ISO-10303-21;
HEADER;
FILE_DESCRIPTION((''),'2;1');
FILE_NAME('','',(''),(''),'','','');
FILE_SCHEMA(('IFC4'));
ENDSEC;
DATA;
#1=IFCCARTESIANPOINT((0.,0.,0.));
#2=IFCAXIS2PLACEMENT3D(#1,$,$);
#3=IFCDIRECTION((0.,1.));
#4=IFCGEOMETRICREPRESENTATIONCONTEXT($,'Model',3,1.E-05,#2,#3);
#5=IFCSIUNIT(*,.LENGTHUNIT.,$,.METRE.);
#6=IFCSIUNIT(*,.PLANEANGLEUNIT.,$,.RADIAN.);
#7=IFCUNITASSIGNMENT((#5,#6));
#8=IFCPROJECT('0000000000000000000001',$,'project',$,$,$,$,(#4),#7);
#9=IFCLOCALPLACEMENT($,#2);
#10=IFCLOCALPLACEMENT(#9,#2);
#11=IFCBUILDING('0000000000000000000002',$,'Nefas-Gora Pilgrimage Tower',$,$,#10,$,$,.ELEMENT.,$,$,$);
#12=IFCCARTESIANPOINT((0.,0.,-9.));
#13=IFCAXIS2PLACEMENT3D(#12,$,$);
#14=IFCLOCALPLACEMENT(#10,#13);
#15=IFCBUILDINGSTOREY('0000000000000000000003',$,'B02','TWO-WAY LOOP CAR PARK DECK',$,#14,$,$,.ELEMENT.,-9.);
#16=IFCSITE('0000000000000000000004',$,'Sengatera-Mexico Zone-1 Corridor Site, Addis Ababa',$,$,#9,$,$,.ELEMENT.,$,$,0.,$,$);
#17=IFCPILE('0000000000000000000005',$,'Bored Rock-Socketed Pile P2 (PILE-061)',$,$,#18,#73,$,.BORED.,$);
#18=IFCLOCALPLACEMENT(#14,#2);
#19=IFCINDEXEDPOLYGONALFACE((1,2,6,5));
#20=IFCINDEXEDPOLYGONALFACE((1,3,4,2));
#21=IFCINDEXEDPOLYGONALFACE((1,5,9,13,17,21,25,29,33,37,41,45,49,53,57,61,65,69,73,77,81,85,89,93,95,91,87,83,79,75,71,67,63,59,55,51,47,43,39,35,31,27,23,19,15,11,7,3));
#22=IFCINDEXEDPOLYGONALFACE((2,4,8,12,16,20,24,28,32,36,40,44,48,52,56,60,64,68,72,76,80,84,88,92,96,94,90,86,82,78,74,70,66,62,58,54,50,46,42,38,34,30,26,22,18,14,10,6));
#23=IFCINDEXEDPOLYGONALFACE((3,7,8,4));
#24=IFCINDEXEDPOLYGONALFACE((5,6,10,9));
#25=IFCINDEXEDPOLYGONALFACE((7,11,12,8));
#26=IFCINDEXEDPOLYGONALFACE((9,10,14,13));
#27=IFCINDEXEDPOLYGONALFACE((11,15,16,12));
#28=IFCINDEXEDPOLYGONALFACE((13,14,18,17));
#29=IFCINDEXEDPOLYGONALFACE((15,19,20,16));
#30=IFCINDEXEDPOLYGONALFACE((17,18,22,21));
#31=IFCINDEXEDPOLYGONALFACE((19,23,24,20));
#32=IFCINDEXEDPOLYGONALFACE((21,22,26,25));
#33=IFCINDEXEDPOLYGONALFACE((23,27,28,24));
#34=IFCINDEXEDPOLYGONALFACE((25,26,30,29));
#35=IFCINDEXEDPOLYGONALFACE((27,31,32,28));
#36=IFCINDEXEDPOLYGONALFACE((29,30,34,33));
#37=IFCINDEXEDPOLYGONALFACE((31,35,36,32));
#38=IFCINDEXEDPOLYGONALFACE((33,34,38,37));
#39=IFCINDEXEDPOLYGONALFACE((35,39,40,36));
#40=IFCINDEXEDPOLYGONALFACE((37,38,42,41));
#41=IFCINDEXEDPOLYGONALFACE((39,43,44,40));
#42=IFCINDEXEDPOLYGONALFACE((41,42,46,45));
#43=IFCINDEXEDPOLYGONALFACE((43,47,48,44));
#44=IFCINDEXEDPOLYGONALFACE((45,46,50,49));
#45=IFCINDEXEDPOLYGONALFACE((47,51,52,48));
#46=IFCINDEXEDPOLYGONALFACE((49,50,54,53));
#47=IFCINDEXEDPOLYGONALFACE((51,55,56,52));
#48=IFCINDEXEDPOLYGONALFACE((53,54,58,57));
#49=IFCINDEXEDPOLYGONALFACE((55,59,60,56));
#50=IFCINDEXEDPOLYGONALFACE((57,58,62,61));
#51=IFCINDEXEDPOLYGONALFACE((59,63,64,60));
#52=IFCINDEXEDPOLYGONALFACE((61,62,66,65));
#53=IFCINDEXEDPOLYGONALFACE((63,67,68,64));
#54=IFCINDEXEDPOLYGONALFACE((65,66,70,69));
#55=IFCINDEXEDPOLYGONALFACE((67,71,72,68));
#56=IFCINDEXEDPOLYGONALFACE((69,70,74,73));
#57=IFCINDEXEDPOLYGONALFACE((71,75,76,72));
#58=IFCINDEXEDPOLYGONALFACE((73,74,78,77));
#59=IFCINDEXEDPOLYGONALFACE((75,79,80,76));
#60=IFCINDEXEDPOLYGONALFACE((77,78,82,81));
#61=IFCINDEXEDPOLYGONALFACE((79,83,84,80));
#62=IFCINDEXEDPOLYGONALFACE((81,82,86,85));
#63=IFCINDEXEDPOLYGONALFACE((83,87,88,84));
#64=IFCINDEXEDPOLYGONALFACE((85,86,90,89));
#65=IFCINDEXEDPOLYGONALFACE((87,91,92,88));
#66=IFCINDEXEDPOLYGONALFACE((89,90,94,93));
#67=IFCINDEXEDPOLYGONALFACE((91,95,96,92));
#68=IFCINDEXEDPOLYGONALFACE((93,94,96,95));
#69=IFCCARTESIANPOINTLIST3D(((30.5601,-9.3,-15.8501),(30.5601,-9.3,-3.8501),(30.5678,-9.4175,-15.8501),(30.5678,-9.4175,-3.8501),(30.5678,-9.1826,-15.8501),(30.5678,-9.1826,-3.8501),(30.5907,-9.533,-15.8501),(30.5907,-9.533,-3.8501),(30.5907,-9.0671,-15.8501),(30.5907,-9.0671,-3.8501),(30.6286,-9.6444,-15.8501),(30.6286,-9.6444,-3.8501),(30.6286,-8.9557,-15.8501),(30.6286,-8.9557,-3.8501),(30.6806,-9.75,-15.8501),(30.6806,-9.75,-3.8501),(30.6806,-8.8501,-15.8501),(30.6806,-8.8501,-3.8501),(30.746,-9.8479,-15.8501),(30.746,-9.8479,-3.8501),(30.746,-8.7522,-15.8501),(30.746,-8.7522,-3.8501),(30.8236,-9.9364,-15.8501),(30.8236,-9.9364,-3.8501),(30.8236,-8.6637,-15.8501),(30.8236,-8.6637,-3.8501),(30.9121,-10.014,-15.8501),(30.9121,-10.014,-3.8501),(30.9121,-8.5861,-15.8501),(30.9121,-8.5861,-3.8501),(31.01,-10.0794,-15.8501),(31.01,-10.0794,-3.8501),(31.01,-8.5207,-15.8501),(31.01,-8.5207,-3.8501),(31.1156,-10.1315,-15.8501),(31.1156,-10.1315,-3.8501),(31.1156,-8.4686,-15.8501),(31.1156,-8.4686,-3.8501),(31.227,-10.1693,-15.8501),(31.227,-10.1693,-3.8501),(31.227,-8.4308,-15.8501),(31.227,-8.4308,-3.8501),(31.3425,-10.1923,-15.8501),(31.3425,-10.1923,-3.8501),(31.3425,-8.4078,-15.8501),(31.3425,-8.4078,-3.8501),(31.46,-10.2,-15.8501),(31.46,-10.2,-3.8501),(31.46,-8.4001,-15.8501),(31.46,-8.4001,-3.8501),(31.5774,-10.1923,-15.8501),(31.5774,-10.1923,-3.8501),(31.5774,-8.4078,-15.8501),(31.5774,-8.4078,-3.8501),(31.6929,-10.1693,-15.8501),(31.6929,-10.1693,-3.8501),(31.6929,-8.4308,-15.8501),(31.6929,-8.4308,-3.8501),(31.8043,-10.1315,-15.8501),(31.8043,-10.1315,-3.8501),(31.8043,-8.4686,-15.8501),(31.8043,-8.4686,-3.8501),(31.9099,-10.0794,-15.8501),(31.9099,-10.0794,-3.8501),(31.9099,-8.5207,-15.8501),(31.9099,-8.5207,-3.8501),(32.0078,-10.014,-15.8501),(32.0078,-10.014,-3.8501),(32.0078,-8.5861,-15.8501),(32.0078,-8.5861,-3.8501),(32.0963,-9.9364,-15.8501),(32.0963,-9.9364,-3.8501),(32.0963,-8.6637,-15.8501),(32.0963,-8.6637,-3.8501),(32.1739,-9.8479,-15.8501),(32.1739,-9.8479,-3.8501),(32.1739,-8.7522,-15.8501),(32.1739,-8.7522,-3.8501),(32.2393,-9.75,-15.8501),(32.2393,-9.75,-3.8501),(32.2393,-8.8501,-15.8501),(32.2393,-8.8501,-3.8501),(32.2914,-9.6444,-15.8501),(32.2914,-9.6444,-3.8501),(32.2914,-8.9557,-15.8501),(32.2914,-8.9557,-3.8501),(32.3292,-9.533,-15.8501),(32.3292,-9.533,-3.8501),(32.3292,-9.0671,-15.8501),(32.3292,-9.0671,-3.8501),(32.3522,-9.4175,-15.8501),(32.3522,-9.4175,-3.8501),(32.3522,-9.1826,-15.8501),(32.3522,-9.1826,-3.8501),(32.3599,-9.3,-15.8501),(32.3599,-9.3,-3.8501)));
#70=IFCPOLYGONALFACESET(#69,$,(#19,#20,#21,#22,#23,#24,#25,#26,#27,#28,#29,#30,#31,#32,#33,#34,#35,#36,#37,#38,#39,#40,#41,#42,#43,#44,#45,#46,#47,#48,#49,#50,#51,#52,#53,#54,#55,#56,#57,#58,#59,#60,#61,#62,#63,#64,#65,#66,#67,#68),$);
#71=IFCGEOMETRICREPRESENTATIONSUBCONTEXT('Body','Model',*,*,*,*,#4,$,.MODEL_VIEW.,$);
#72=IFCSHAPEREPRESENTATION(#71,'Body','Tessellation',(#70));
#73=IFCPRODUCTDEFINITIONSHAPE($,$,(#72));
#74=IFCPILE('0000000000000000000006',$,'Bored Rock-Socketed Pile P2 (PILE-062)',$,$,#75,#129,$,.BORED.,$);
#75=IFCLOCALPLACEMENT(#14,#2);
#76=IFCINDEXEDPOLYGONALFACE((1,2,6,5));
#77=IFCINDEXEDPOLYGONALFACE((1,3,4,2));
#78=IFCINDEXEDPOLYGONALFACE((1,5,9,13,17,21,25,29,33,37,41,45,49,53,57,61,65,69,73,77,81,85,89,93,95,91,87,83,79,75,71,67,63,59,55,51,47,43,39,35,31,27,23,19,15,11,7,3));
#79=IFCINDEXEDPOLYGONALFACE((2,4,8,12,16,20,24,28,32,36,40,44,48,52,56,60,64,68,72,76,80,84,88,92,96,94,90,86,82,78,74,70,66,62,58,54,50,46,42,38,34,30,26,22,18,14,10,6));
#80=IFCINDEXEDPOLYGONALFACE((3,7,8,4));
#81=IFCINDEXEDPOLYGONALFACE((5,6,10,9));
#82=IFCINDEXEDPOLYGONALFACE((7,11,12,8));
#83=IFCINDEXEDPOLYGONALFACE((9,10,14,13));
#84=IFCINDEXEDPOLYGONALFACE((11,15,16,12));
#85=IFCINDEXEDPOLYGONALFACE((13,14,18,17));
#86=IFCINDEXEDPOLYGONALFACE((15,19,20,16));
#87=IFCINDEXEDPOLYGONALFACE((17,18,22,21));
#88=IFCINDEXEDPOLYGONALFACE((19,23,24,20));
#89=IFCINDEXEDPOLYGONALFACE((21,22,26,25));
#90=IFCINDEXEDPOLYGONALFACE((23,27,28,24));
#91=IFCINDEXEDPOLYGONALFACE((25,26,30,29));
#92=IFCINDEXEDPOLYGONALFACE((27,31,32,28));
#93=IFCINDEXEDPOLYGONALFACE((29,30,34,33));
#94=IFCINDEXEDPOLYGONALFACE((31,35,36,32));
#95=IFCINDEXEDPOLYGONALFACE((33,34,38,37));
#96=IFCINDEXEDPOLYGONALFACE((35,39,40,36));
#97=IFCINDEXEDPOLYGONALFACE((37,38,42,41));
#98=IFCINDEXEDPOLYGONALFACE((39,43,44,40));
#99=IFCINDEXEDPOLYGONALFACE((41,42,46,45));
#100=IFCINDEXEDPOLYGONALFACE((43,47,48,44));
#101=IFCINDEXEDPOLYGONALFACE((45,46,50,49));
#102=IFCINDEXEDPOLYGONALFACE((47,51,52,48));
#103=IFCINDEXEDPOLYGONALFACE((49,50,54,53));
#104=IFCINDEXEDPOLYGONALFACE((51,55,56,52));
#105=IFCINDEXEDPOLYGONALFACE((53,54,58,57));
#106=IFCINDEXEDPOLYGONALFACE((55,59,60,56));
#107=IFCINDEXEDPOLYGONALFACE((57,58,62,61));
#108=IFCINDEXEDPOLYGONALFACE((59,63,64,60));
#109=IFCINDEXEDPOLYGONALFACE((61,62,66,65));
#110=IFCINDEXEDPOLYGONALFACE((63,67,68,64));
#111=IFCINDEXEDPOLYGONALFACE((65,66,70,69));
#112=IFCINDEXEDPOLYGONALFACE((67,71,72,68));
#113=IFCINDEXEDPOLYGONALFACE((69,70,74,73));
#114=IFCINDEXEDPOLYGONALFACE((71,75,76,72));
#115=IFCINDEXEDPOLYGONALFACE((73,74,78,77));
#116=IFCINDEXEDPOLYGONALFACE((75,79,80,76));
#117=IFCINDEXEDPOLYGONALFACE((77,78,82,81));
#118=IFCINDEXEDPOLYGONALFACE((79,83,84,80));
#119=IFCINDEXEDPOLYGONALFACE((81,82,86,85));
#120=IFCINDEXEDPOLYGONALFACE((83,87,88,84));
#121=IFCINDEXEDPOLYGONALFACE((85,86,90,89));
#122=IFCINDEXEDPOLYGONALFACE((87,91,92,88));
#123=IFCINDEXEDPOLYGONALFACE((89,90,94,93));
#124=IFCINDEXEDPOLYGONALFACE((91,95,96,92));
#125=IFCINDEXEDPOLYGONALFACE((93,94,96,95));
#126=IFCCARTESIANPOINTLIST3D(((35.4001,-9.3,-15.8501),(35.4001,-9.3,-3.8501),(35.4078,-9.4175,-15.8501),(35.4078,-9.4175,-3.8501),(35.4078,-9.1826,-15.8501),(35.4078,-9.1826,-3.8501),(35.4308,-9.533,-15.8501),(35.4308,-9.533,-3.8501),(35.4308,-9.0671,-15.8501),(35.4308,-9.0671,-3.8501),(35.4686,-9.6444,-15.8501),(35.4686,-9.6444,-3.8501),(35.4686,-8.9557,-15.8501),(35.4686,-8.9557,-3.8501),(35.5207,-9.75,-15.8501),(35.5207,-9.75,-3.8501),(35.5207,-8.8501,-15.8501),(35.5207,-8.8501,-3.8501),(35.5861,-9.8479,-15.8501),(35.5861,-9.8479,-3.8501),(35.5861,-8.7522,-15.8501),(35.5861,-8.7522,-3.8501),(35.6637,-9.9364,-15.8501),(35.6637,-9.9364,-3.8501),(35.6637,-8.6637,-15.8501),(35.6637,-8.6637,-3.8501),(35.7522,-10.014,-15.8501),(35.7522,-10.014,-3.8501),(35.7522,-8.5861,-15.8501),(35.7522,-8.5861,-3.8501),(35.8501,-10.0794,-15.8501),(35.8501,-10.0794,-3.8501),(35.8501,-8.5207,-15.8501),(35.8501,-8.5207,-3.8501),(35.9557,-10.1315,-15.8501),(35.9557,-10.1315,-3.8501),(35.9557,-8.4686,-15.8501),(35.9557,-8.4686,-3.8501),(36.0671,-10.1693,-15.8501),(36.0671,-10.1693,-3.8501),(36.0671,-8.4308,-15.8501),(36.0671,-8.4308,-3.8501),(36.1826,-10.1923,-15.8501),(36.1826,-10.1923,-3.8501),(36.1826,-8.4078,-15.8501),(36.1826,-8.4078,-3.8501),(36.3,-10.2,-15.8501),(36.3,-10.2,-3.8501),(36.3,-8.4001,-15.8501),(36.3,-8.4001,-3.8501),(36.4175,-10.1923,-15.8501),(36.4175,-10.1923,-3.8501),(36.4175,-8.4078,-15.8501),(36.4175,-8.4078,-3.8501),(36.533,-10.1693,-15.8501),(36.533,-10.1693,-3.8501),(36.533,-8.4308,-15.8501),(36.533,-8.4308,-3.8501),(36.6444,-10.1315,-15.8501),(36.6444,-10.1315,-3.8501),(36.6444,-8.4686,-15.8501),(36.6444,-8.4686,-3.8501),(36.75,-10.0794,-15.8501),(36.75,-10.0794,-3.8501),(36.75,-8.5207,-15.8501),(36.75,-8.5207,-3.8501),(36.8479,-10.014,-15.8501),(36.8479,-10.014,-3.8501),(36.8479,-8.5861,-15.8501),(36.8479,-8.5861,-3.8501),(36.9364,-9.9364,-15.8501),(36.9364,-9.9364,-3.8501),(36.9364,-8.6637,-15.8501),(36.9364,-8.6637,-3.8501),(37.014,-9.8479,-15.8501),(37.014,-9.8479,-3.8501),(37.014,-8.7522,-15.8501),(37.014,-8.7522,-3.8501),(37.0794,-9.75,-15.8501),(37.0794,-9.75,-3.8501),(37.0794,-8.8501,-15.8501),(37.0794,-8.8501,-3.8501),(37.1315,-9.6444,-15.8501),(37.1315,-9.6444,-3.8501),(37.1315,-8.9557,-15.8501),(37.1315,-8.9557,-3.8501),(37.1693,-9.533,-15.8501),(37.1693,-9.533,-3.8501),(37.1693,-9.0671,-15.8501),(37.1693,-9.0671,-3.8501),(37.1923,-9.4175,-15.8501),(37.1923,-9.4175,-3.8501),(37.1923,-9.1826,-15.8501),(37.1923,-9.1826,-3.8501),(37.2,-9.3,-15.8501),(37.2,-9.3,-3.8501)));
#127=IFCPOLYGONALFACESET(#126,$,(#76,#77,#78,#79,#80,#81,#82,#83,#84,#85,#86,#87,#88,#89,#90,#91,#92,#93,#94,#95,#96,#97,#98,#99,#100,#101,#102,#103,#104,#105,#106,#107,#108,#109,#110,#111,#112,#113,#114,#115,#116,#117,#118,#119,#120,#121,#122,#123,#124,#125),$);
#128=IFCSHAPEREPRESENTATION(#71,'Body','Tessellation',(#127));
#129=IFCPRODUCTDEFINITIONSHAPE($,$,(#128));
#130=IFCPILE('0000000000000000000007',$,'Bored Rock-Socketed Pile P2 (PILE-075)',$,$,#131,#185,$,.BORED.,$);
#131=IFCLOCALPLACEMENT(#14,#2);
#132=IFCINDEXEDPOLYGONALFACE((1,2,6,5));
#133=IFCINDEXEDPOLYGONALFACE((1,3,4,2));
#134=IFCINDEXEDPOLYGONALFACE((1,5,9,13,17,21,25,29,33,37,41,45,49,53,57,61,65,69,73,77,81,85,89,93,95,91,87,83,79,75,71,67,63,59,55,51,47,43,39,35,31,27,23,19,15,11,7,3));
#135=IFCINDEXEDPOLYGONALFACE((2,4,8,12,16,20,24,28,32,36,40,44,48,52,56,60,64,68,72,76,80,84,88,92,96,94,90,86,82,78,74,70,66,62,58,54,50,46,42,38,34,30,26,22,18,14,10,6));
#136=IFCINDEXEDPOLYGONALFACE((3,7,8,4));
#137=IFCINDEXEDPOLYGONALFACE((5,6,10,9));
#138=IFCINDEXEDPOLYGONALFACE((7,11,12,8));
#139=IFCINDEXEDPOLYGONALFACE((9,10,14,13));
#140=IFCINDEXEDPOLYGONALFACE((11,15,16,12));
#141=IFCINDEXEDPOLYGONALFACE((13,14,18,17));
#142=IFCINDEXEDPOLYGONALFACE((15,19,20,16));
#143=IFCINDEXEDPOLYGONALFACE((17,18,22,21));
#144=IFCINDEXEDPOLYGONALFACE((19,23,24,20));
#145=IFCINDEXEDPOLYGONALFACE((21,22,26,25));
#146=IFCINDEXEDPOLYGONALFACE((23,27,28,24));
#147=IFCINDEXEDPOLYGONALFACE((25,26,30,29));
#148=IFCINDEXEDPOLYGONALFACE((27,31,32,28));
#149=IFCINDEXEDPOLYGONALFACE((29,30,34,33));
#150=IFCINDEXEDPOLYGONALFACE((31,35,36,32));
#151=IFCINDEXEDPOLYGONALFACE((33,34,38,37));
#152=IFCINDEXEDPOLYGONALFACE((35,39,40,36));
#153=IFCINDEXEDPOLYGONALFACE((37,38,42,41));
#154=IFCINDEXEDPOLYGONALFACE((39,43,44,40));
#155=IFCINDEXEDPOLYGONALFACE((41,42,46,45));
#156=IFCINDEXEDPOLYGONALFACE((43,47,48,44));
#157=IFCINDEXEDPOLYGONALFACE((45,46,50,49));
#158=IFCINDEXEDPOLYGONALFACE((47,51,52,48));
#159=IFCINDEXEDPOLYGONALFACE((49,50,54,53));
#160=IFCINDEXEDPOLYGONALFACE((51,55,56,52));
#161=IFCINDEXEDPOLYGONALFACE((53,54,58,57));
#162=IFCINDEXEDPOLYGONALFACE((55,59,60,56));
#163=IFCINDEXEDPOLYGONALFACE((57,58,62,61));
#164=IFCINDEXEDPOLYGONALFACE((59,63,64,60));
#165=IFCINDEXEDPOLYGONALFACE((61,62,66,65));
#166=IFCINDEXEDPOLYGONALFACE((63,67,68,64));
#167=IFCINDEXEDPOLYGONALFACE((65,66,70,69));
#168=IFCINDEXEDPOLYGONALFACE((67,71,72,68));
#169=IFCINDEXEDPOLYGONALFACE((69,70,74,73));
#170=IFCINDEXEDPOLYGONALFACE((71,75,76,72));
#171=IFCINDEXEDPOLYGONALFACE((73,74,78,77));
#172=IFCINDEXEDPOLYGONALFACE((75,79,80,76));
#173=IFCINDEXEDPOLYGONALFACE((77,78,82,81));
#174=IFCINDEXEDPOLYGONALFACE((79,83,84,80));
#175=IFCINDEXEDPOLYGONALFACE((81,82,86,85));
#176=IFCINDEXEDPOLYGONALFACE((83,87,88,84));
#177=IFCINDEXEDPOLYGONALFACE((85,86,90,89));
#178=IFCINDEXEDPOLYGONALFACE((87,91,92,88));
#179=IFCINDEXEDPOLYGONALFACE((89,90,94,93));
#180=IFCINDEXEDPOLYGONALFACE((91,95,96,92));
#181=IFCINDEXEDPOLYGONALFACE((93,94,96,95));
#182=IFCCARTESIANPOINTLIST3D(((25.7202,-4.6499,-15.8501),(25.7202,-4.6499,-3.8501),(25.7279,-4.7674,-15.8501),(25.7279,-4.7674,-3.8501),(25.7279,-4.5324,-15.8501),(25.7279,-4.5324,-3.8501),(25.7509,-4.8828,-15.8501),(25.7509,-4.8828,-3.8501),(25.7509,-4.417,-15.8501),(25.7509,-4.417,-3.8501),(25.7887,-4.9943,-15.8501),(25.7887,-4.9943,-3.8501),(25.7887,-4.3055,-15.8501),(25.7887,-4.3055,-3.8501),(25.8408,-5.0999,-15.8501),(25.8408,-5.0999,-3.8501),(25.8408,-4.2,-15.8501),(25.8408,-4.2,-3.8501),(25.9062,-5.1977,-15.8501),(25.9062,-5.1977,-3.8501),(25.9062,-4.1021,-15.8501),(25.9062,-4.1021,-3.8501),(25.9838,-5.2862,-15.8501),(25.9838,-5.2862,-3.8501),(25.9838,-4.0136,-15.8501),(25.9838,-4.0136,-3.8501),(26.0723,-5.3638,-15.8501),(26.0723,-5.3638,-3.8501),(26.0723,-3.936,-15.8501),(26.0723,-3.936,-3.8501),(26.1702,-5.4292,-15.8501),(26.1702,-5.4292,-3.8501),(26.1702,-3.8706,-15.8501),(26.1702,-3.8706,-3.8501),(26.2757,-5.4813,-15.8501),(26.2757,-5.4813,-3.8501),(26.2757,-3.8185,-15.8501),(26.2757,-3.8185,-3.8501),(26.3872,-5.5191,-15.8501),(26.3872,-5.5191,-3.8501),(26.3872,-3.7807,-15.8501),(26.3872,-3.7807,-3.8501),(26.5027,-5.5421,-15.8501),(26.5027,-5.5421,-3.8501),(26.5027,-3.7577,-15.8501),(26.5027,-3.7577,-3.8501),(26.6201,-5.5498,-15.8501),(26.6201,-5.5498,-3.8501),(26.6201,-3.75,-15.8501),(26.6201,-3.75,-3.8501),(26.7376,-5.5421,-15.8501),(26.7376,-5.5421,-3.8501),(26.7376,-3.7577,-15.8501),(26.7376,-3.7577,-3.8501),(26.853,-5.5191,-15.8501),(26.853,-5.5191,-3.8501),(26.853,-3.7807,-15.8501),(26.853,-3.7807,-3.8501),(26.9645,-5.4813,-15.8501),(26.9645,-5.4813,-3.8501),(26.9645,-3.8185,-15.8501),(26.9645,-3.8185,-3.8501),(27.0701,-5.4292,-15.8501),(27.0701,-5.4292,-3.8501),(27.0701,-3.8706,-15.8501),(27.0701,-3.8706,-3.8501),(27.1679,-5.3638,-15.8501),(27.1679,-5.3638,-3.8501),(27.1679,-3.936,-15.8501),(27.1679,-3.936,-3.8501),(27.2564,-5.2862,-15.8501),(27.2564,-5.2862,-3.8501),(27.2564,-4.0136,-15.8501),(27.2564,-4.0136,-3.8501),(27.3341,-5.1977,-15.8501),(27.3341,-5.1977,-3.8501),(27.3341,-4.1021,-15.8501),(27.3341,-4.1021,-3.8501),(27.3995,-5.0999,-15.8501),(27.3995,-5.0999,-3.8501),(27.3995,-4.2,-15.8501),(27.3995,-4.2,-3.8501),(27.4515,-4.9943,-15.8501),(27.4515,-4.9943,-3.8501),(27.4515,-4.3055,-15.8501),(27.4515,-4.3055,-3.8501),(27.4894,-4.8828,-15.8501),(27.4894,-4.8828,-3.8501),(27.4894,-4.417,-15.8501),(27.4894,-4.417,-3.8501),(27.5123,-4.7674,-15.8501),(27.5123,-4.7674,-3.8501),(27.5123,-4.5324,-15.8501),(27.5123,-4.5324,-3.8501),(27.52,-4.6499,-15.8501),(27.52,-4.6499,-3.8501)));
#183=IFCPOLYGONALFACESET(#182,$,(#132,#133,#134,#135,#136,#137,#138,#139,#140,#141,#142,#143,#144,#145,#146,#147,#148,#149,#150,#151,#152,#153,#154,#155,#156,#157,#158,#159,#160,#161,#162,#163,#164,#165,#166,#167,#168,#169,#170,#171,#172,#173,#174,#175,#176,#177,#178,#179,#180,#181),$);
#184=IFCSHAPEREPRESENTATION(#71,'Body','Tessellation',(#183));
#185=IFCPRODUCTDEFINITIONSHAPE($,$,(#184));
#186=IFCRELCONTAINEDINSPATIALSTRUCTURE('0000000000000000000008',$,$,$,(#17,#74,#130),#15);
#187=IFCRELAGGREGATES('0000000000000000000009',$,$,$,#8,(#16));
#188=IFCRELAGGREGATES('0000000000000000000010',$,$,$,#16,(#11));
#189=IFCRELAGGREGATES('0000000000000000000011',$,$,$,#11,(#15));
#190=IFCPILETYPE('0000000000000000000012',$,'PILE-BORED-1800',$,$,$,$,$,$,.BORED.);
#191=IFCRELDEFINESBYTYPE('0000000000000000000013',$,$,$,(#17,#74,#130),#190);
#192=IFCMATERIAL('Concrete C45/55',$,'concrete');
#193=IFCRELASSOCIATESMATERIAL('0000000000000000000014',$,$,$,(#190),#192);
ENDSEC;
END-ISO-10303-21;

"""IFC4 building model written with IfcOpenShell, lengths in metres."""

from ifc_helpers import new_model, si_unit, direction, frame, origin, origin_2d, place, context, subcontext, project, spatial, circle, extrude, source, transform, mapped, material, material_profile, profile_set, type_object, element, save


model = new_model("IFC4")

# Units and contexts
model_context = context("Model", 3, precision=1e-05, world=origin(), true_north=direction((0.0, 1.0)))
body_context = subcontext(model_context, "Body", "Model", "MODEL_VIEW")
ifc_project = project(units=[si_unit("LENGTHUNIT", "METRE"), si_unit("PLANEANGLEUNIT", "RADIAN")], contexts=[model_context])

# Site, building, storey
site_placement = place(None, origin())
site = spatial("IfcSite", under=ifc_project, at=site_placement, Name="Sengatera-Mexico Zone-1 Corridor Site, Addis Ababa", CompositionType="ELEMENT", RefElevation=0.0)
building_placement = place(site_placement, origin())
building = spatial("IfcBuilding", under=site, at=building_placement, Name="Nefas-Gora Pilgrimage Tower", CompositionType="ELEMENT")
storey_placement = place(building_placement, frame((0.0, 0.0, -9.0)))
storey = spatial("IfcBuildingStorey", under=building, at=storey_placement, Name="B02", Description="TWO-WAY LOOP CAR PARK DECK", CompositionType="ELEMENT", Elevation=-9.0)

# Piles
ifc_material_1 = material(Name="Concrete C45/55", Category="concrete")
ifc_material_profile_1 = material_profile(ifc_material_1, circle(Radius=0.8999, at=origin_2d()), Name="PILE D1800")
ifc_profile_set_1 = profile_set([ifc_material_profile_1], Name="Concrete C45/55")
pile_type_1 = type_object("IfcPileType", Name="PILE-BORED-1800", PredefinedType="BORED", material=ifc_profile_set_1)
shared_shape_1 = source(origin(), body_context, "Body", "SweptSolid", [
    extrude(circle(Radius=0.8999, at=origin_2d()), origin(), (0.0, 0.0, 1.0), 12.0),
])
for number, where, z_axis, x_axis, name in (
    (1, (31.46, -9.3, -3.8501), (0.0, 0.0, -1.0), (1.0, 0.0, 0.0), "Bored Rock-Socketed Pile P2 (PILE-061)"),
    (2, (36.3, -9.3, -3.8501), (0.0, 0.0, -1.0), (1.0, 0.0, 0.0), "Bored Rock-Socketed Pile P2 (PILE-062)"),
    (3, (26.6201, -4.6499, -3.8501), (0.0, 0.0, -1.0), (1.0, 0.0, 0.0), "Bored Rock-Socketed Pile P2 (PILE-075)"),
):
    element("IfcPile", number, at=place(storey_placement, frame(where, z_axis=z_axis, x_axis=x_axis)), inside=storey, type_object=pile_type_1, Name=name, PredefinedType="BORED", context=body_context, shape_type="MappedRepresentation", body=[
        mapped(shared_shape_1, transform((0.0, 0.0, 0.0), x_axis=(1.0, 0.0, 0.0), y_axis=(0.0, 1.0, 0.0), z_axis=(0.0, 0.0, 1.0), scale=1.0)),
    ])

save(model, "model.ifc")
